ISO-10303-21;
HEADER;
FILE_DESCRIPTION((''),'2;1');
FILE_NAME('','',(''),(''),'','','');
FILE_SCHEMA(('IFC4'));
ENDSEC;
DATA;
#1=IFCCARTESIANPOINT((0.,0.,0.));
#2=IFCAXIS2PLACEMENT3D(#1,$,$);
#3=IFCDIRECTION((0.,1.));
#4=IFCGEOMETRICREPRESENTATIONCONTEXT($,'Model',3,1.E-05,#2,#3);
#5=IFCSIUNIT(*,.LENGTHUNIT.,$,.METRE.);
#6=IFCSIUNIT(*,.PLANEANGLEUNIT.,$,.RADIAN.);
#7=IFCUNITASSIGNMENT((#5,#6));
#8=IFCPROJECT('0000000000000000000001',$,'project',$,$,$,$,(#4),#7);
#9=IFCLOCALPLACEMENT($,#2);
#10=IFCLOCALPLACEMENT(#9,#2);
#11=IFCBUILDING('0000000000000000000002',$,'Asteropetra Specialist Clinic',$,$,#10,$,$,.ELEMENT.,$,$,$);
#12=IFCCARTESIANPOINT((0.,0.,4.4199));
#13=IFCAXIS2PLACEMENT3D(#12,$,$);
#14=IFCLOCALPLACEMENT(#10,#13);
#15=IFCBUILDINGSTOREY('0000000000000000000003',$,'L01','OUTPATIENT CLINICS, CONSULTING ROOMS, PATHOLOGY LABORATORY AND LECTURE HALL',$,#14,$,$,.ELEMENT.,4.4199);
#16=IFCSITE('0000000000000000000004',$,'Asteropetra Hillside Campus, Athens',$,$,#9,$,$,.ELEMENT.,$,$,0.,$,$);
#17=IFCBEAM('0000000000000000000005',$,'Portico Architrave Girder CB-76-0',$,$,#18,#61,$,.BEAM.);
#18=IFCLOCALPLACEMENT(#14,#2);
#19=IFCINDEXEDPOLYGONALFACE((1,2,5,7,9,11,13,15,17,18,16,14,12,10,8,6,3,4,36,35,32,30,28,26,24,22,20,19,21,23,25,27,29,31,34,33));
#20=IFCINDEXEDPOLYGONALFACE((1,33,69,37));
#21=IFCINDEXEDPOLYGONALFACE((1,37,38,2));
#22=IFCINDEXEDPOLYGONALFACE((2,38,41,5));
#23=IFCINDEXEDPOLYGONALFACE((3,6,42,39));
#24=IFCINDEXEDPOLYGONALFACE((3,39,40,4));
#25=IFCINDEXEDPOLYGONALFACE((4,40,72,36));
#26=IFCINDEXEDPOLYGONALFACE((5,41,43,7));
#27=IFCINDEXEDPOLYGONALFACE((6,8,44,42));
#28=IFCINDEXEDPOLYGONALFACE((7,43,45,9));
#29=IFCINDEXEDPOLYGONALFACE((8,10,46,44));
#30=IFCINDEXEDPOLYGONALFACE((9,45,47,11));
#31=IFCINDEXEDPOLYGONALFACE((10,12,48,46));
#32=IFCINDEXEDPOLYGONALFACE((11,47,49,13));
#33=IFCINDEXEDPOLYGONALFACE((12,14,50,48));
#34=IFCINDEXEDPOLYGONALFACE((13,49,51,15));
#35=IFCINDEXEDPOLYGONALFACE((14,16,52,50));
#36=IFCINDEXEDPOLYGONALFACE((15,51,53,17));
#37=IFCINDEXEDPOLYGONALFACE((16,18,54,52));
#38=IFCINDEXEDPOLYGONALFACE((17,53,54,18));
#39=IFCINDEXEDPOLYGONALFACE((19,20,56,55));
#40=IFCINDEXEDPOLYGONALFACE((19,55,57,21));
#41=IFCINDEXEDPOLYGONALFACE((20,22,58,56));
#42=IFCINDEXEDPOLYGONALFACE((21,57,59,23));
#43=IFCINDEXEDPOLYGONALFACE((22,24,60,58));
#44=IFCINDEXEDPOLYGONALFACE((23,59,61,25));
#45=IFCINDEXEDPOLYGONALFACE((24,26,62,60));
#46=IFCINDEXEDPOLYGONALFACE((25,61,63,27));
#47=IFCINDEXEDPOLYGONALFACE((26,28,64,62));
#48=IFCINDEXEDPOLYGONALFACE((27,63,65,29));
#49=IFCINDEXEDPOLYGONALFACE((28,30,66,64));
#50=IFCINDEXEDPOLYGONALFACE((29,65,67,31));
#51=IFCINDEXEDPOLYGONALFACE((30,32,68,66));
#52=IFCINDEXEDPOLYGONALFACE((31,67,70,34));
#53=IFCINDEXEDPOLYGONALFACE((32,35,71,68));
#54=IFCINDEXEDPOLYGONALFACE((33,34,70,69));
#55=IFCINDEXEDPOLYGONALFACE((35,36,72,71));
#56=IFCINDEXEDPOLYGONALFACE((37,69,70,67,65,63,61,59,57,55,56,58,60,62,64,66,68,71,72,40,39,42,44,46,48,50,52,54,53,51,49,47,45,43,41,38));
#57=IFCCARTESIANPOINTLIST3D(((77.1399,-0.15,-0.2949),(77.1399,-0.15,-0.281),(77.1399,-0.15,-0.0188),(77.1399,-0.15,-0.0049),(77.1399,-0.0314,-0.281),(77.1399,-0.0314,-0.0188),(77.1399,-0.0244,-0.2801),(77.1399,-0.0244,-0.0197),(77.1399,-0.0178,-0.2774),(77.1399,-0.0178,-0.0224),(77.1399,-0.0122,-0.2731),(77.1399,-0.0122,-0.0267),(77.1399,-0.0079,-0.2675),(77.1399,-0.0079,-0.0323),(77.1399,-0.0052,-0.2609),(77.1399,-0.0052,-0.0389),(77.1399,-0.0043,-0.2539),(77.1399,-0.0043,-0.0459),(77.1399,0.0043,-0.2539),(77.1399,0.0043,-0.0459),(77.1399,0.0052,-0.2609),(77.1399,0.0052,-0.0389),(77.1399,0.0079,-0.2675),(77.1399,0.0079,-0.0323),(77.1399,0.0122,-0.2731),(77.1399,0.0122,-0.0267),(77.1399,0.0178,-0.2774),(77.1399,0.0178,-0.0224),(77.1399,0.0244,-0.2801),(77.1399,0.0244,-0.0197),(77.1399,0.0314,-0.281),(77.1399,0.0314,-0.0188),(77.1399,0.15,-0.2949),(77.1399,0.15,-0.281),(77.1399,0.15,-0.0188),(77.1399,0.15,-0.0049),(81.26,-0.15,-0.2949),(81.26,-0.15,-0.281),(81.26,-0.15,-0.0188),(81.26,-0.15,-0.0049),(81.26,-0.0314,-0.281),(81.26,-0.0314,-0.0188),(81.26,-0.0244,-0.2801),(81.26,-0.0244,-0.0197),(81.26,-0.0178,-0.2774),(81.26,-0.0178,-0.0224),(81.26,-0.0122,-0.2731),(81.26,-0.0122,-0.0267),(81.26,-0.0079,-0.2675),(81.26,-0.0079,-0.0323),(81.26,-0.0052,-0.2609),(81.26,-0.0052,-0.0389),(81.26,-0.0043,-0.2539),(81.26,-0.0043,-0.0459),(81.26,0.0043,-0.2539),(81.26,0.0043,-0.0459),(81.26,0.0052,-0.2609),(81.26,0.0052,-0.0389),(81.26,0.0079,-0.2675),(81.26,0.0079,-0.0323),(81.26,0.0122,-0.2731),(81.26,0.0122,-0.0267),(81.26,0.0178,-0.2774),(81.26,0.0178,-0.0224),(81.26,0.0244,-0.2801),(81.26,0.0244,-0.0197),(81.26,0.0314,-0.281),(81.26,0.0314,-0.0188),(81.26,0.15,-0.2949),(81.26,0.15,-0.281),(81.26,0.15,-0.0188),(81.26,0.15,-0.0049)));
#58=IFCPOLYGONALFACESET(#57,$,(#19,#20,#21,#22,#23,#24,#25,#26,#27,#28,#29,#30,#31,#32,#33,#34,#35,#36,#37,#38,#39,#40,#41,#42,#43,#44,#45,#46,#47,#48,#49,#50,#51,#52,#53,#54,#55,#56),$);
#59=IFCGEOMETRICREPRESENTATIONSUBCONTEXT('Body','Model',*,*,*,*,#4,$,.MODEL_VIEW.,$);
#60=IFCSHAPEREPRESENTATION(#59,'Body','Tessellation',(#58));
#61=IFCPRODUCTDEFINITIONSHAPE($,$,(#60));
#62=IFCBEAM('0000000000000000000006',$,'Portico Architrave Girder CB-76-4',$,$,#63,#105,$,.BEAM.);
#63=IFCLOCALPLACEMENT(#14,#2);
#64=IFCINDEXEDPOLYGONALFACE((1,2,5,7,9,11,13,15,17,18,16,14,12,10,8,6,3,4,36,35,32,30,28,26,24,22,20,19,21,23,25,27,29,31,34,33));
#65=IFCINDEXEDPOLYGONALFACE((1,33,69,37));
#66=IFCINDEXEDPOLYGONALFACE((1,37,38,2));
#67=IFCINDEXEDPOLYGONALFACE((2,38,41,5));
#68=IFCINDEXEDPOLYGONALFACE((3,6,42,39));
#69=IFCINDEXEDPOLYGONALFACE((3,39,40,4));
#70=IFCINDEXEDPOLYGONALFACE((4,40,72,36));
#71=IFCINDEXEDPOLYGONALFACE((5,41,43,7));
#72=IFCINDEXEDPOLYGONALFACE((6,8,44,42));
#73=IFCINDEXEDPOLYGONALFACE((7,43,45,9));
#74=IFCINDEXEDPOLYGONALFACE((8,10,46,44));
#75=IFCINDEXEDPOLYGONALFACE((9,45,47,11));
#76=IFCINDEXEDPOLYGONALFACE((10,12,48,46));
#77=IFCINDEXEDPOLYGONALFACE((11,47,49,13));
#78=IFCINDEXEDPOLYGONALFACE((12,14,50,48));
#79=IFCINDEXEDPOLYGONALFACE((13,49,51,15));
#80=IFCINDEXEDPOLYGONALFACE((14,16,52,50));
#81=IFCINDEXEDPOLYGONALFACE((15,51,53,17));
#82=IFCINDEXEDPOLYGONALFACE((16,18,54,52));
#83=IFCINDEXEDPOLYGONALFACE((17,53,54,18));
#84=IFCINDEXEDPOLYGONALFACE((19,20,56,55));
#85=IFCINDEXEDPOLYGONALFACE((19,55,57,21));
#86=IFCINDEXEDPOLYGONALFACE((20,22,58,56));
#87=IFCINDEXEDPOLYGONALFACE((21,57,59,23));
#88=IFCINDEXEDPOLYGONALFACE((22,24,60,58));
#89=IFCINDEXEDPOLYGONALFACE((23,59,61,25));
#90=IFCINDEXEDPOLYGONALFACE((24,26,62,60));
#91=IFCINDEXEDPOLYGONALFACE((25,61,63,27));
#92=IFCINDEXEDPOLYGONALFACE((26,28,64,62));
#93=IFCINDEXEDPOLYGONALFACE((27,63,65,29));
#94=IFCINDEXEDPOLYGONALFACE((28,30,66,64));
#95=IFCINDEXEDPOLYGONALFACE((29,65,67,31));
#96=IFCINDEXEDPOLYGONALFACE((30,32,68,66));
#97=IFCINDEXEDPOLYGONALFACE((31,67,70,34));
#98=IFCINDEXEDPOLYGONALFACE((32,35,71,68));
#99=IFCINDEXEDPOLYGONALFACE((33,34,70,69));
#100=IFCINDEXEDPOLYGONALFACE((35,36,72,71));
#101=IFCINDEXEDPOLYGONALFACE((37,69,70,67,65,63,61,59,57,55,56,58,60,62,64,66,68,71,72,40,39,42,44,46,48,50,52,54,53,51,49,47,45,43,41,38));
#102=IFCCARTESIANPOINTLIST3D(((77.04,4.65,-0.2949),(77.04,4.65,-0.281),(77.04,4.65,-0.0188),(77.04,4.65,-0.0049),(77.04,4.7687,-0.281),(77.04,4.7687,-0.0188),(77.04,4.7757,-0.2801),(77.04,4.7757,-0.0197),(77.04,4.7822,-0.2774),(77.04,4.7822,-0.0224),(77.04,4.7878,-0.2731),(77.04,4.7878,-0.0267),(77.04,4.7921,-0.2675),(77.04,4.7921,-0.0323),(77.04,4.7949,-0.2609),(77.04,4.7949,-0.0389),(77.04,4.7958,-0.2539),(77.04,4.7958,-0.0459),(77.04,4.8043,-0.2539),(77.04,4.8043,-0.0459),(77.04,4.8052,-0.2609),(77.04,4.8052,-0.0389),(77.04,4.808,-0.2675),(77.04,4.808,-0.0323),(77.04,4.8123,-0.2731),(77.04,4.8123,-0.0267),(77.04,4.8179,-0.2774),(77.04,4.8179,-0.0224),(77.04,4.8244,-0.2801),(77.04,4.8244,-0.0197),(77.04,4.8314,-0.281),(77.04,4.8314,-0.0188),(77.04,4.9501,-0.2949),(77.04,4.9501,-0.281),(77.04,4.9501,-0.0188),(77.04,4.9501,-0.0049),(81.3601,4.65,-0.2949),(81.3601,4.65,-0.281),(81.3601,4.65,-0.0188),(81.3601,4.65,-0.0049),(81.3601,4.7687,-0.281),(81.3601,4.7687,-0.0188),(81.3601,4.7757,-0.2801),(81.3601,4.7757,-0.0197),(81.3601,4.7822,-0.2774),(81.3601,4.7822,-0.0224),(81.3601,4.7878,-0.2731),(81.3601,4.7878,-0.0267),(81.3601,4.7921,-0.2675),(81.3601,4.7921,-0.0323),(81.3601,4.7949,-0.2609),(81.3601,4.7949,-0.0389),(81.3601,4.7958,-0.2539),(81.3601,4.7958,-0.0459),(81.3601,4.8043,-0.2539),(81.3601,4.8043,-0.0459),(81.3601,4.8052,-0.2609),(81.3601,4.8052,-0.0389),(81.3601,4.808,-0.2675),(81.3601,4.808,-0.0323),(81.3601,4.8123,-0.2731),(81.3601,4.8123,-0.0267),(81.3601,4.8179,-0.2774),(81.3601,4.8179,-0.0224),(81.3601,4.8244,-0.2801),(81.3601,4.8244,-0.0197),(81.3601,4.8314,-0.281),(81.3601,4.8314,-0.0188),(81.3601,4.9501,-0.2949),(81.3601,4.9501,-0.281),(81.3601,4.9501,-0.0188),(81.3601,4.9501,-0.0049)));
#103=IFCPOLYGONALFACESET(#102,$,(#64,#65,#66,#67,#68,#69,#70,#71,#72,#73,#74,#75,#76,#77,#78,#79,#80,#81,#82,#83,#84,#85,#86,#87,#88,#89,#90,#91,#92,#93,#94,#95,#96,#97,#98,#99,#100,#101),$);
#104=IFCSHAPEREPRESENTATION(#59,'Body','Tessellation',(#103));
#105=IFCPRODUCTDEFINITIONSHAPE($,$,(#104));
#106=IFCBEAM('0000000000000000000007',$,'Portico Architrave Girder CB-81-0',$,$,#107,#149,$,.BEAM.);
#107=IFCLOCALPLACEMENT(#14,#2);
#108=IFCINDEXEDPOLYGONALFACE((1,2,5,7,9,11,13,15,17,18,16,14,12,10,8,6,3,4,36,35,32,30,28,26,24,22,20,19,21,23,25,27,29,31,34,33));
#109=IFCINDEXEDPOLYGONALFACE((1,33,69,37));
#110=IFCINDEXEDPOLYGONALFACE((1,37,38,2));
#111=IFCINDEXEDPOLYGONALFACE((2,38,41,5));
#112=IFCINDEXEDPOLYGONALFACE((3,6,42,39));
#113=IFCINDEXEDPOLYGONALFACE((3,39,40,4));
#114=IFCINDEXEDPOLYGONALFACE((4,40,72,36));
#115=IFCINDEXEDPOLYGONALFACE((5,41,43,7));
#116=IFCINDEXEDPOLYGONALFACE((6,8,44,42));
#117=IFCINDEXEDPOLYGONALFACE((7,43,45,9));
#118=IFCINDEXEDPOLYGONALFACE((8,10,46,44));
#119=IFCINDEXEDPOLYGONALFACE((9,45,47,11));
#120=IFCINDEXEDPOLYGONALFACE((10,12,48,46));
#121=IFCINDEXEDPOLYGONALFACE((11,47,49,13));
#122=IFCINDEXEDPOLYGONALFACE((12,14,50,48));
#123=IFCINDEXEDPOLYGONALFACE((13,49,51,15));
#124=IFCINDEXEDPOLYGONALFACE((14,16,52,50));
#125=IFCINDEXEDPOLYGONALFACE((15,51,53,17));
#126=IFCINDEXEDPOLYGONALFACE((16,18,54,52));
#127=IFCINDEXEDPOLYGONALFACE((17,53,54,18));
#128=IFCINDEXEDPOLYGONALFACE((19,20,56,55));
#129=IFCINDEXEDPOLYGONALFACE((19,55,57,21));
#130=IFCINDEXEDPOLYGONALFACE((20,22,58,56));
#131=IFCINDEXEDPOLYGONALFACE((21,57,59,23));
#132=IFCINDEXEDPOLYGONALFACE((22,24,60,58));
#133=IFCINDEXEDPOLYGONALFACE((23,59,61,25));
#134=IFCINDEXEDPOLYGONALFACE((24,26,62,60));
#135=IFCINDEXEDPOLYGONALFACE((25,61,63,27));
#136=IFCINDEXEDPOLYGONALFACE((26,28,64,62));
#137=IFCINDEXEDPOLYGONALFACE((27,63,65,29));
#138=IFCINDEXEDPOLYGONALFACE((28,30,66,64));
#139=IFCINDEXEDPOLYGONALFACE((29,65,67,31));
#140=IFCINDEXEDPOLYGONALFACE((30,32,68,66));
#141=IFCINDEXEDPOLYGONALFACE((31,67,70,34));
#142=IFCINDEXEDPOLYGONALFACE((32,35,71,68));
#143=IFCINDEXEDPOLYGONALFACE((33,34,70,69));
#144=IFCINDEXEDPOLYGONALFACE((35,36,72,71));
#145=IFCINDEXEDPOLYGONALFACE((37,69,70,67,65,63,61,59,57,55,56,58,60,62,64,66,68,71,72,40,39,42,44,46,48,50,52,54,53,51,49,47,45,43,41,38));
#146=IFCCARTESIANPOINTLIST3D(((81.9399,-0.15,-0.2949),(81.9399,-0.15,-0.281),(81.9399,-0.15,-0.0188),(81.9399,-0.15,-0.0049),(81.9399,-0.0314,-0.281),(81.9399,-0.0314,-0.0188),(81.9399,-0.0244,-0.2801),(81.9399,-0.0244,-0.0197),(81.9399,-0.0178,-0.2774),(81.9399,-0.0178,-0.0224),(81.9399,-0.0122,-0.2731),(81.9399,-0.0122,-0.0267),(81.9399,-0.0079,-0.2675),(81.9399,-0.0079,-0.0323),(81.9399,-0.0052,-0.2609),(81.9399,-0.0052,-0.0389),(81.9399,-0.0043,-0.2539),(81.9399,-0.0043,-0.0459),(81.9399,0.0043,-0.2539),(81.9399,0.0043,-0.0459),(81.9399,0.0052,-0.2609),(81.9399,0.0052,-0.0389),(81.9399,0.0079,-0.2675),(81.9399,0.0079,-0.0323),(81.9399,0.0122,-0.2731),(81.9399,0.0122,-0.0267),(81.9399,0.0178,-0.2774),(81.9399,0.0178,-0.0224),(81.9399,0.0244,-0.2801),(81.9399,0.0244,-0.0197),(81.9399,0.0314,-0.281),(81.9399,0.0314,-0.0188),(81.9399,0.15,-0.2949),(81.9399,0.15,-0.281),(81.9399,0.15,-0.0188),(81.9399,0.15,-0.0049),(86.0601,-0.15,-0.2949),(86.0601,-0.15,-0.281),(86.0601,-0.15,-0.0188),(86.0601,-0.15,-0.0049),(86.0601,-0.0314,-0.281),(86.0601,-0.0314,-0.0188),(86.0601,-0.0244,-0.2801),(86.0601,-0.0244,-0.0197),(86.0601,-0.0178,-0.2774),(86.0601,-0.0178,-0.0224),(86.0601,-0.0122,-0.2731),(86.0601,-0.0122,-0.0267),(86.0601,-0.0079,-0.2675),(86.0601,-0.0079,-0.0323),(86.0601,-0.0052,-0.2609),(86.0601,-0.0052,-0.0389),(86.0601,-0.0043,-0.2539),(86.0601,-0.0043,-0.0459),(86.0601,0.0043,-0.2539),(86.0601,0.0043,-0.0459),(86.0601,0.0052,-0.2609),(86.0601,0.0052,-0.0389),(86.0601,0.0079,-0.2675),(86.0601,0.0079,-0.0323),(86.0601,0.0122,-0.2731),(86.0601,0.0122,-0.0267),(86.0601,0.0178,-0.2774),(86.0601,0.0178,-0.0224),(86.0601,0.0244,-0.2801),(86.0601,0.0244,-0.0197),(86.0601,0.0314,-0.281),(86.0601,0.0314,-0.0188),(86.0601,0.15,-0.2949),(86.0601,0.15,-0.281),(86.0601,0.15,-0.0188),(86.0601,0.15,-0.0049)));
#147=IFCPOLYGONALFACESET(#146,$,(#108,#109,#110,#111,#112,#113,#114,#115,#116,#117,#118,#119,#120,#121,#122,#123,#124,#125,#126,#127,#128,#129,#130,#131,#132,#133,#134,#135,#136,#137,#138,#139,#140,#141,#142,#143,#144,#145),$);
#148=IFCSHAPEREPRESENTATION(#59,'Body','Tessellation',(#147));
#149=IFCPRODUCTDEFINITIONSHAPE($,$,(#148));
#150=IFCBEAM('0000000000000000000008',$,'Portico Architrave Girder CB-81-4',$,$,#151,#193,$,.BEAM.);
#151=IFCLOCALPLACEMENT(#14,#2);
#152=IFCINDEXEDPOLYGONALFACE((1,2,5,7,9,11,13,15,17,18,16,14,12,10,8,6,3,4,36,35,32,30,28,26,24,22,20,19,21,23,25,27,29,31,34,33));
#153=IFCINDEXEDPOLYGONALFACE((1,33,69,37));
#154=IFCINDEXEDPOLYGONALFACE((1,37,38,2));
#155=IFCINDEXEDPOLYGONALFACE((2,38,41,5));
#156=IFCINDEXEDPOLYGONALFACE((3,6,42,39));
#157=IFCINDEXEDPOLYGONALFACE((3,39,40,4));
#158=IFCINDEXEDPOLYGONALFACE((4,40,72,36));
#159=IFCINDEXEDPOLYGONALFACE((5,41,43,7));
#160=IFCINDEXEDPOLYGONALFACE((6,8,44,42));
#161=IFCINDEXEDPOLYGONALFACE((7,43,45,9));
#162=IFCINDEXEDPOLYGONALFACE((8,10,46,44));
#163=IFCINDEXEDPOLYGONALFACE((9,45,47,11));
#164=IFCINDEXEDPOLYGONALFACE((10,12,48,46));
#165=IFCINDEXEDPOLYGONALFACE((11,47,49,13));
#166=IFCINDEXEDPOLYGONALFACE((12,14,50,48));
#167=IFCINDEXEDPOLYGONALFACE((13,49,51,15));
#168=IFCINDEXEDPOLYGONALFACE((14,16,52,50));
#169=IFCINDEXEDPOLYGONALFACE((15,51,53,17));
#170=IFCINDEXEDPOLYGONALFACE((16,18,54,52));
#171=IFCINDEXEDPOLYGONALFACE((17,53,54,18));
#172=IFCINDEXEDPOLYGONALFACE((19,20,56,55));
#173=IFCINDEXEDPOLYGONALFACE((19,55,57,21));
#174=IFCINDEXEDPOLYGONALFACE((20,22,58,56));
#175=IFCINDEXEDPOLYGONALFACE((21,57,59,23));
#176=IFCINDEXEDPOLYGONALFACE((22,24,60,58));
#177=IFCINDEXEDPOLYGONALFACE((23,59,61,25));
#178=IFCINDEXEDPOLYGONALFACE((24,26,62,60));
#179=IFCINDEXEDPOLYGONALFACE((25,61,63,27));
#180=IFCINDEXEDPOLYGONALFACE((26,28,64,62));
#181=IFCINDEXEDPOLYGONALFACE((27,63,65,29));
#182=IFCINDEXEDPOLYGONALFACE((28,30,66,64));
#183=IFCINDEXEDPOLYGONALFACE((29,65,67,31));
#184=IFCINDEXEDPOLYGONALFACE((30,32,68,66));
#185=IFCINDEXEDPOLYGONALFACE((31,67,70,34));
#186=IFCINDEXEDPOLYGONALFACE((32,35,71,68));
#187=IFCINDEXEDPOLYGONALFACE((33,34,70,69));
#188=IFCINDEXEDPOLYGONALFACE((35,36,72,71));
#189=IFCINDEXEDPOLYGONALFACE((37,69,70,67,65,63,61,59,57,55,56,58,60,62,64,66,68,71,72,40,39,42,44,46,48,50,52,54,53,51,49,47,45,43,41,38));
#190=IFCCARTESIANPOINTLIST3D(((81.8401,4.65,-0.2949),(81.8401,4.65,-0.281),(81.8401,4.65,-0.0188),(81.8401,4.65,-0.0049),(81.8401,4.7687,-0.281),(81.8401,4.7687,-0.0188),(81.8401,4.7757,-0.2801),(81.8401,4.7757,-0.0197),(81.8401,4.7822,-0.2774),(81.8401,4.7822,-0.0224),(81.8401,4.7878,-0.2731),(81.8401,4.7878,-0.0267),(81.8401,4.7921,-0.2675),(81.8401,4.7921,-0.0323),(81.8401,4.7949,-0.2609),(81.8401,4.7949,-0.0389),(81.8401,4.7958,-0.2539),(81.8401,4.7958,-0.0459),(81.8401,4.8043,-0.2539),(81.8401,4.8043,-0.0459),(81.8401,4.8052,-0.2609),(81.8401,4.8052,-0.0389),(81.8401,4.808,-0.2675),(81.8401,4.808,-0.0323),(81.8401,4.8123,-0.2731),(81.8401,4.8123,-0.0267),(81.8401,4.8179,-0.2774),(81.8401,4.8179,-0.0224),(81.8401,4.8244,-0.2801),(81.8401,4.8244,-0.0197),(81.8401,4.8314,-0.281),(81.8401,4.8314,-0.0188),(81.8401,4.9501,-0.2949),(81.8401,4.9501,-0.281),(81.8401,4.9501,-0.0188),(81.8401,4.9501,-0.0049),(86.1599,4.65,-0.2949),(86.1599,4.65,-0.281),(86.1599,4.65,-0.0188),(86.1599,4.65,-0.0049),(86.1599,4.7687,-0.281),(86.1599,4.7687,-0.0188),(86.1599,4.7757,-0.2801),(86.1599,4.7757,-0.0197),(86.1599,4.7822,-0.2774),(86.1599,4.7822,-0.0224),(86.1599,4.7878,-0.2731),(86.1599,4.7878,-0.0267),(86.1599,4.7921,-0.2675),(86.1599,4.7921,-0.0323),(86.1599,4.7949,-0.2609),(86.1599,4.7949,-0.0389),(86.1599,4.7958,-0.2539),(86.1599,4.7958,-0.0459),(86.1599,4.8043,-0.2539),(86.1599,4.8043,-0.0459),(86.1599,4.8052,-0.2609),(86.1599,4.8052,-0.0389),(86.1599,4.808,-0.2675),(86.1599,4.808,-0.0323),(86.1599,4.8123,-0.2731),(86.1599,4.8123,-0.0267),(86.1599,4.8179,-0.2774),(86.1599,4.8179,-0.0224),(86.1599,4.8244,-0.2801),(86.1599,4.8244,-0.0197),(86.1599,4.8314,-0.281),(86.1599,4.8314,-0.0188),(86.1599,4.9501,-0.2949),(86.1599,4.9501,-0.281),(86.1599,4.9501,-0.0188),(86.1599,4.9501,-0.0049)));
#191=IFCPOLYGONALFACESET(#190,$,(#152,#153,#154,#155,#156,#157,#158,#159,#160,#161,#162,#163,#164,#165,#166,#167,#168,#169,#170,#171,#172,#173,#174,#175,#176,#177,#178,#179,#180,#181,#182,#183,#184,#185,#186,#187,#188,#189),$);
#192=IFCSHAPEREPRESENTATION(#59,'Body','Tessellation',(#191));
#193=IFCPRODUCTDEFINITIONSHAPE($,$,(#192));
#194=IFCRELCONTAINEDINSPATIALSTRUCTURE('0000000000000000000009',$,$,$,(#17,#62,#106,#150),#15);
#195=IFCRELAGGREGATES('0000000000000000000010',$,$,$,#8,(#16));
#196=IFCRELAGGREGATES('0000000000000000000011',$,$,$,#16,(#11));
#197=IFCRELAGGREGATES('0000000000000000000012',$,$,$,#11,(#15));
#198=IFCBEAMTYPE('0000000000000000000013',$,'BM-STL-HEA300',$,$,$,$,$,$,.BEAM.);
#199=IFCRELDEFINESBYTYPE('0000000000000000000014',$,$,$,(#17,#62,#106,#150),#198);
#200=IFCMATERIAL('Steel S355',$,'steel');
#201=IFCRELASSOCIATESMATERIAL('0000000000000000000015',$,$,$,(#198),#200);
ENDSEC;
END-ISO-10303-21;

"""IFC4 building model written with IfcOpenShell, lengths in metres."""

from ifc_helpers import new_model, si_unit, direction, frame, origin, origin_2d, place, context, subcontext, project, spatial, i_section, extrude, material, material_profile, profile_set, type_object, element, save


model = new_model("IFC4")

# Units and contexts
model_context = context("Model", 3, precision=1e-05, world=origin(), true_north=direction((0.0, 1.0)))
body_context = subcontext(model_context, "Body", "Model", "MODEL_VIEW")
ifc_project = project(units=[si_unit("LENGTHUNIT", "METRE"), si_unit("PLANEANGLEUNIT", "RADIAN")], contexts=[model_context])

# Site, building, storey
site_placement = place(None, origin())
site = spatial("IfcSite", under=ifc_project, at=site_placement, Name="Asteropetra Hillside Campus, Athens", CompositionType="ELEMENT", RefElevation=0.0)
building_placement = place(site_placement, origin())
building = spatial("IfcBuilding", under=site, at=building_placement, Name="Asteropetra Specialist Clinic", CompositionType="ELEMENT")
storey_placement = place(building_placement, frame((0.0, 0.0, 4.4199)))
storey = spatial("IfcBuildingStorey", under=building, at=storey_placement, Name="L01", Description="OUTPATIENT CLINICS, CONSULTING ROOMS, PATHOLOGY LABORATORY AND LECTURE HALL", CompositionType="ELEMENT", Elevation=4.4199)

# Beams
ifc_material_1 = material(Name="Steel S355", Category="steel")
ifc_material_profile_1 = material_profile(ifc_material_1, i_section(OverallWidth=0.3, OverallDepth=0.29, WebThickness=0.0085, FlangeThickness=0.0139, FilletRadius=0.0271, at=origin_2d()), Name="HEA 300")
ifc_profile_set_1 = profile_set([ifc_material_profile_1], Name="Steel S355")
beam_type_1 = type_object("IfcBeamType", Name="BM-STL-HEA300", PredefinedType="BEAM", material=ifc_profile_set_1)
beam_1_placement = place(storey_placement, frame((77.1399, 0.0, -0.1499), z_axis=(1.0, 0.0, 0.0), x_axis=(0.0, 1.0, 0.0)))
element("IfcBeam", 1, at=beam_1_placement, inside=storey, type_object=beam_type_1, Name="Portico Architrave Girder CB-76-0", PredefinedType="BEAM", context=body_context, shape_type="SweptSolid", body=[
    extrude(i_section(OverallWidth=0.3, OverallDepth=0.29, WebThickness=0.0085, FlangeThickness=0.0139, FilletRadius=0.0271, at=origin_2d()), origin(), (0.0, 0.0, 1.0), 4.1201),
])
beam_2_placement = place(storey_placement, frame((77.04, 4.8, -0.1499), z_axis=(1.0, 0.0, 0.0), x_axis=(0.0, 1.0, 0.0)))
element("IfcBeam", 2, at=beam_2_placement, inside=storey, type_object=beam_type_1, Name="Portico Architrave Girder CB-76-4", PredefinedType="BEAM", context=body_context, shape_type="SweptSolid", body=[
    extrude(i_section(OverallWidth=0.3, OverallDepth=0.29, WebThickness=0.0085, FlangeThickness=0.0139, FilletRadius=0.0271, at=origin_2d()), origin(), (0.0, 0.0, 1.0), 4.3201),
])
beam_3_placement = place(storey_placement, frame((81.9399, 0.0, -0.1499), z_axis=(1.0, 0.0, 0.0), x_axis=(0.0, 1.0, 0.0)))
element("IfcBeam", 3, at=beam_3_placement, inside=storey, type_object=beam_type_1, Name="Portico Architrave Girder CB-81-0", PredefinedType="BEAM", context=body_context, shape_type="SweptSolid", body=[
    extrude(i_section(OverallWidth=0.3, OverallDepth=0.29, WebThickness=0.0085, FlangeThickness=0.0139, FilletRadius=0.0271, at=origin_2d()), origin(), (0.0, 0.0, 1.0), 4.1201),
])
beam_4_placement = place(storey_placement, frame((81.8401, 4.8, -0.1499), z_axis=(1.0, 0.0, 0.0), x_axis=(0.0, 1.0, 0.0)))
element("IfcBeam", 4, at=beam_4_placement, inside=storey, type_object=beam_type_1, Name="Portico Architrave Girder CB-81-4", PredefinedType="BEAM", context=body_context, shape_type="SweptSolid", body=[
    extrude(i_section(OverallWidth=0.3, OverallDepth=0.29, WebThickness=0.0085, FlangeThickness=0.0139, FilletRadius=0.0271, at=origin_2d()), origin(), (0.0, 0.0, 1.0), 4.3198),
])

save(model, "model.ifc")
